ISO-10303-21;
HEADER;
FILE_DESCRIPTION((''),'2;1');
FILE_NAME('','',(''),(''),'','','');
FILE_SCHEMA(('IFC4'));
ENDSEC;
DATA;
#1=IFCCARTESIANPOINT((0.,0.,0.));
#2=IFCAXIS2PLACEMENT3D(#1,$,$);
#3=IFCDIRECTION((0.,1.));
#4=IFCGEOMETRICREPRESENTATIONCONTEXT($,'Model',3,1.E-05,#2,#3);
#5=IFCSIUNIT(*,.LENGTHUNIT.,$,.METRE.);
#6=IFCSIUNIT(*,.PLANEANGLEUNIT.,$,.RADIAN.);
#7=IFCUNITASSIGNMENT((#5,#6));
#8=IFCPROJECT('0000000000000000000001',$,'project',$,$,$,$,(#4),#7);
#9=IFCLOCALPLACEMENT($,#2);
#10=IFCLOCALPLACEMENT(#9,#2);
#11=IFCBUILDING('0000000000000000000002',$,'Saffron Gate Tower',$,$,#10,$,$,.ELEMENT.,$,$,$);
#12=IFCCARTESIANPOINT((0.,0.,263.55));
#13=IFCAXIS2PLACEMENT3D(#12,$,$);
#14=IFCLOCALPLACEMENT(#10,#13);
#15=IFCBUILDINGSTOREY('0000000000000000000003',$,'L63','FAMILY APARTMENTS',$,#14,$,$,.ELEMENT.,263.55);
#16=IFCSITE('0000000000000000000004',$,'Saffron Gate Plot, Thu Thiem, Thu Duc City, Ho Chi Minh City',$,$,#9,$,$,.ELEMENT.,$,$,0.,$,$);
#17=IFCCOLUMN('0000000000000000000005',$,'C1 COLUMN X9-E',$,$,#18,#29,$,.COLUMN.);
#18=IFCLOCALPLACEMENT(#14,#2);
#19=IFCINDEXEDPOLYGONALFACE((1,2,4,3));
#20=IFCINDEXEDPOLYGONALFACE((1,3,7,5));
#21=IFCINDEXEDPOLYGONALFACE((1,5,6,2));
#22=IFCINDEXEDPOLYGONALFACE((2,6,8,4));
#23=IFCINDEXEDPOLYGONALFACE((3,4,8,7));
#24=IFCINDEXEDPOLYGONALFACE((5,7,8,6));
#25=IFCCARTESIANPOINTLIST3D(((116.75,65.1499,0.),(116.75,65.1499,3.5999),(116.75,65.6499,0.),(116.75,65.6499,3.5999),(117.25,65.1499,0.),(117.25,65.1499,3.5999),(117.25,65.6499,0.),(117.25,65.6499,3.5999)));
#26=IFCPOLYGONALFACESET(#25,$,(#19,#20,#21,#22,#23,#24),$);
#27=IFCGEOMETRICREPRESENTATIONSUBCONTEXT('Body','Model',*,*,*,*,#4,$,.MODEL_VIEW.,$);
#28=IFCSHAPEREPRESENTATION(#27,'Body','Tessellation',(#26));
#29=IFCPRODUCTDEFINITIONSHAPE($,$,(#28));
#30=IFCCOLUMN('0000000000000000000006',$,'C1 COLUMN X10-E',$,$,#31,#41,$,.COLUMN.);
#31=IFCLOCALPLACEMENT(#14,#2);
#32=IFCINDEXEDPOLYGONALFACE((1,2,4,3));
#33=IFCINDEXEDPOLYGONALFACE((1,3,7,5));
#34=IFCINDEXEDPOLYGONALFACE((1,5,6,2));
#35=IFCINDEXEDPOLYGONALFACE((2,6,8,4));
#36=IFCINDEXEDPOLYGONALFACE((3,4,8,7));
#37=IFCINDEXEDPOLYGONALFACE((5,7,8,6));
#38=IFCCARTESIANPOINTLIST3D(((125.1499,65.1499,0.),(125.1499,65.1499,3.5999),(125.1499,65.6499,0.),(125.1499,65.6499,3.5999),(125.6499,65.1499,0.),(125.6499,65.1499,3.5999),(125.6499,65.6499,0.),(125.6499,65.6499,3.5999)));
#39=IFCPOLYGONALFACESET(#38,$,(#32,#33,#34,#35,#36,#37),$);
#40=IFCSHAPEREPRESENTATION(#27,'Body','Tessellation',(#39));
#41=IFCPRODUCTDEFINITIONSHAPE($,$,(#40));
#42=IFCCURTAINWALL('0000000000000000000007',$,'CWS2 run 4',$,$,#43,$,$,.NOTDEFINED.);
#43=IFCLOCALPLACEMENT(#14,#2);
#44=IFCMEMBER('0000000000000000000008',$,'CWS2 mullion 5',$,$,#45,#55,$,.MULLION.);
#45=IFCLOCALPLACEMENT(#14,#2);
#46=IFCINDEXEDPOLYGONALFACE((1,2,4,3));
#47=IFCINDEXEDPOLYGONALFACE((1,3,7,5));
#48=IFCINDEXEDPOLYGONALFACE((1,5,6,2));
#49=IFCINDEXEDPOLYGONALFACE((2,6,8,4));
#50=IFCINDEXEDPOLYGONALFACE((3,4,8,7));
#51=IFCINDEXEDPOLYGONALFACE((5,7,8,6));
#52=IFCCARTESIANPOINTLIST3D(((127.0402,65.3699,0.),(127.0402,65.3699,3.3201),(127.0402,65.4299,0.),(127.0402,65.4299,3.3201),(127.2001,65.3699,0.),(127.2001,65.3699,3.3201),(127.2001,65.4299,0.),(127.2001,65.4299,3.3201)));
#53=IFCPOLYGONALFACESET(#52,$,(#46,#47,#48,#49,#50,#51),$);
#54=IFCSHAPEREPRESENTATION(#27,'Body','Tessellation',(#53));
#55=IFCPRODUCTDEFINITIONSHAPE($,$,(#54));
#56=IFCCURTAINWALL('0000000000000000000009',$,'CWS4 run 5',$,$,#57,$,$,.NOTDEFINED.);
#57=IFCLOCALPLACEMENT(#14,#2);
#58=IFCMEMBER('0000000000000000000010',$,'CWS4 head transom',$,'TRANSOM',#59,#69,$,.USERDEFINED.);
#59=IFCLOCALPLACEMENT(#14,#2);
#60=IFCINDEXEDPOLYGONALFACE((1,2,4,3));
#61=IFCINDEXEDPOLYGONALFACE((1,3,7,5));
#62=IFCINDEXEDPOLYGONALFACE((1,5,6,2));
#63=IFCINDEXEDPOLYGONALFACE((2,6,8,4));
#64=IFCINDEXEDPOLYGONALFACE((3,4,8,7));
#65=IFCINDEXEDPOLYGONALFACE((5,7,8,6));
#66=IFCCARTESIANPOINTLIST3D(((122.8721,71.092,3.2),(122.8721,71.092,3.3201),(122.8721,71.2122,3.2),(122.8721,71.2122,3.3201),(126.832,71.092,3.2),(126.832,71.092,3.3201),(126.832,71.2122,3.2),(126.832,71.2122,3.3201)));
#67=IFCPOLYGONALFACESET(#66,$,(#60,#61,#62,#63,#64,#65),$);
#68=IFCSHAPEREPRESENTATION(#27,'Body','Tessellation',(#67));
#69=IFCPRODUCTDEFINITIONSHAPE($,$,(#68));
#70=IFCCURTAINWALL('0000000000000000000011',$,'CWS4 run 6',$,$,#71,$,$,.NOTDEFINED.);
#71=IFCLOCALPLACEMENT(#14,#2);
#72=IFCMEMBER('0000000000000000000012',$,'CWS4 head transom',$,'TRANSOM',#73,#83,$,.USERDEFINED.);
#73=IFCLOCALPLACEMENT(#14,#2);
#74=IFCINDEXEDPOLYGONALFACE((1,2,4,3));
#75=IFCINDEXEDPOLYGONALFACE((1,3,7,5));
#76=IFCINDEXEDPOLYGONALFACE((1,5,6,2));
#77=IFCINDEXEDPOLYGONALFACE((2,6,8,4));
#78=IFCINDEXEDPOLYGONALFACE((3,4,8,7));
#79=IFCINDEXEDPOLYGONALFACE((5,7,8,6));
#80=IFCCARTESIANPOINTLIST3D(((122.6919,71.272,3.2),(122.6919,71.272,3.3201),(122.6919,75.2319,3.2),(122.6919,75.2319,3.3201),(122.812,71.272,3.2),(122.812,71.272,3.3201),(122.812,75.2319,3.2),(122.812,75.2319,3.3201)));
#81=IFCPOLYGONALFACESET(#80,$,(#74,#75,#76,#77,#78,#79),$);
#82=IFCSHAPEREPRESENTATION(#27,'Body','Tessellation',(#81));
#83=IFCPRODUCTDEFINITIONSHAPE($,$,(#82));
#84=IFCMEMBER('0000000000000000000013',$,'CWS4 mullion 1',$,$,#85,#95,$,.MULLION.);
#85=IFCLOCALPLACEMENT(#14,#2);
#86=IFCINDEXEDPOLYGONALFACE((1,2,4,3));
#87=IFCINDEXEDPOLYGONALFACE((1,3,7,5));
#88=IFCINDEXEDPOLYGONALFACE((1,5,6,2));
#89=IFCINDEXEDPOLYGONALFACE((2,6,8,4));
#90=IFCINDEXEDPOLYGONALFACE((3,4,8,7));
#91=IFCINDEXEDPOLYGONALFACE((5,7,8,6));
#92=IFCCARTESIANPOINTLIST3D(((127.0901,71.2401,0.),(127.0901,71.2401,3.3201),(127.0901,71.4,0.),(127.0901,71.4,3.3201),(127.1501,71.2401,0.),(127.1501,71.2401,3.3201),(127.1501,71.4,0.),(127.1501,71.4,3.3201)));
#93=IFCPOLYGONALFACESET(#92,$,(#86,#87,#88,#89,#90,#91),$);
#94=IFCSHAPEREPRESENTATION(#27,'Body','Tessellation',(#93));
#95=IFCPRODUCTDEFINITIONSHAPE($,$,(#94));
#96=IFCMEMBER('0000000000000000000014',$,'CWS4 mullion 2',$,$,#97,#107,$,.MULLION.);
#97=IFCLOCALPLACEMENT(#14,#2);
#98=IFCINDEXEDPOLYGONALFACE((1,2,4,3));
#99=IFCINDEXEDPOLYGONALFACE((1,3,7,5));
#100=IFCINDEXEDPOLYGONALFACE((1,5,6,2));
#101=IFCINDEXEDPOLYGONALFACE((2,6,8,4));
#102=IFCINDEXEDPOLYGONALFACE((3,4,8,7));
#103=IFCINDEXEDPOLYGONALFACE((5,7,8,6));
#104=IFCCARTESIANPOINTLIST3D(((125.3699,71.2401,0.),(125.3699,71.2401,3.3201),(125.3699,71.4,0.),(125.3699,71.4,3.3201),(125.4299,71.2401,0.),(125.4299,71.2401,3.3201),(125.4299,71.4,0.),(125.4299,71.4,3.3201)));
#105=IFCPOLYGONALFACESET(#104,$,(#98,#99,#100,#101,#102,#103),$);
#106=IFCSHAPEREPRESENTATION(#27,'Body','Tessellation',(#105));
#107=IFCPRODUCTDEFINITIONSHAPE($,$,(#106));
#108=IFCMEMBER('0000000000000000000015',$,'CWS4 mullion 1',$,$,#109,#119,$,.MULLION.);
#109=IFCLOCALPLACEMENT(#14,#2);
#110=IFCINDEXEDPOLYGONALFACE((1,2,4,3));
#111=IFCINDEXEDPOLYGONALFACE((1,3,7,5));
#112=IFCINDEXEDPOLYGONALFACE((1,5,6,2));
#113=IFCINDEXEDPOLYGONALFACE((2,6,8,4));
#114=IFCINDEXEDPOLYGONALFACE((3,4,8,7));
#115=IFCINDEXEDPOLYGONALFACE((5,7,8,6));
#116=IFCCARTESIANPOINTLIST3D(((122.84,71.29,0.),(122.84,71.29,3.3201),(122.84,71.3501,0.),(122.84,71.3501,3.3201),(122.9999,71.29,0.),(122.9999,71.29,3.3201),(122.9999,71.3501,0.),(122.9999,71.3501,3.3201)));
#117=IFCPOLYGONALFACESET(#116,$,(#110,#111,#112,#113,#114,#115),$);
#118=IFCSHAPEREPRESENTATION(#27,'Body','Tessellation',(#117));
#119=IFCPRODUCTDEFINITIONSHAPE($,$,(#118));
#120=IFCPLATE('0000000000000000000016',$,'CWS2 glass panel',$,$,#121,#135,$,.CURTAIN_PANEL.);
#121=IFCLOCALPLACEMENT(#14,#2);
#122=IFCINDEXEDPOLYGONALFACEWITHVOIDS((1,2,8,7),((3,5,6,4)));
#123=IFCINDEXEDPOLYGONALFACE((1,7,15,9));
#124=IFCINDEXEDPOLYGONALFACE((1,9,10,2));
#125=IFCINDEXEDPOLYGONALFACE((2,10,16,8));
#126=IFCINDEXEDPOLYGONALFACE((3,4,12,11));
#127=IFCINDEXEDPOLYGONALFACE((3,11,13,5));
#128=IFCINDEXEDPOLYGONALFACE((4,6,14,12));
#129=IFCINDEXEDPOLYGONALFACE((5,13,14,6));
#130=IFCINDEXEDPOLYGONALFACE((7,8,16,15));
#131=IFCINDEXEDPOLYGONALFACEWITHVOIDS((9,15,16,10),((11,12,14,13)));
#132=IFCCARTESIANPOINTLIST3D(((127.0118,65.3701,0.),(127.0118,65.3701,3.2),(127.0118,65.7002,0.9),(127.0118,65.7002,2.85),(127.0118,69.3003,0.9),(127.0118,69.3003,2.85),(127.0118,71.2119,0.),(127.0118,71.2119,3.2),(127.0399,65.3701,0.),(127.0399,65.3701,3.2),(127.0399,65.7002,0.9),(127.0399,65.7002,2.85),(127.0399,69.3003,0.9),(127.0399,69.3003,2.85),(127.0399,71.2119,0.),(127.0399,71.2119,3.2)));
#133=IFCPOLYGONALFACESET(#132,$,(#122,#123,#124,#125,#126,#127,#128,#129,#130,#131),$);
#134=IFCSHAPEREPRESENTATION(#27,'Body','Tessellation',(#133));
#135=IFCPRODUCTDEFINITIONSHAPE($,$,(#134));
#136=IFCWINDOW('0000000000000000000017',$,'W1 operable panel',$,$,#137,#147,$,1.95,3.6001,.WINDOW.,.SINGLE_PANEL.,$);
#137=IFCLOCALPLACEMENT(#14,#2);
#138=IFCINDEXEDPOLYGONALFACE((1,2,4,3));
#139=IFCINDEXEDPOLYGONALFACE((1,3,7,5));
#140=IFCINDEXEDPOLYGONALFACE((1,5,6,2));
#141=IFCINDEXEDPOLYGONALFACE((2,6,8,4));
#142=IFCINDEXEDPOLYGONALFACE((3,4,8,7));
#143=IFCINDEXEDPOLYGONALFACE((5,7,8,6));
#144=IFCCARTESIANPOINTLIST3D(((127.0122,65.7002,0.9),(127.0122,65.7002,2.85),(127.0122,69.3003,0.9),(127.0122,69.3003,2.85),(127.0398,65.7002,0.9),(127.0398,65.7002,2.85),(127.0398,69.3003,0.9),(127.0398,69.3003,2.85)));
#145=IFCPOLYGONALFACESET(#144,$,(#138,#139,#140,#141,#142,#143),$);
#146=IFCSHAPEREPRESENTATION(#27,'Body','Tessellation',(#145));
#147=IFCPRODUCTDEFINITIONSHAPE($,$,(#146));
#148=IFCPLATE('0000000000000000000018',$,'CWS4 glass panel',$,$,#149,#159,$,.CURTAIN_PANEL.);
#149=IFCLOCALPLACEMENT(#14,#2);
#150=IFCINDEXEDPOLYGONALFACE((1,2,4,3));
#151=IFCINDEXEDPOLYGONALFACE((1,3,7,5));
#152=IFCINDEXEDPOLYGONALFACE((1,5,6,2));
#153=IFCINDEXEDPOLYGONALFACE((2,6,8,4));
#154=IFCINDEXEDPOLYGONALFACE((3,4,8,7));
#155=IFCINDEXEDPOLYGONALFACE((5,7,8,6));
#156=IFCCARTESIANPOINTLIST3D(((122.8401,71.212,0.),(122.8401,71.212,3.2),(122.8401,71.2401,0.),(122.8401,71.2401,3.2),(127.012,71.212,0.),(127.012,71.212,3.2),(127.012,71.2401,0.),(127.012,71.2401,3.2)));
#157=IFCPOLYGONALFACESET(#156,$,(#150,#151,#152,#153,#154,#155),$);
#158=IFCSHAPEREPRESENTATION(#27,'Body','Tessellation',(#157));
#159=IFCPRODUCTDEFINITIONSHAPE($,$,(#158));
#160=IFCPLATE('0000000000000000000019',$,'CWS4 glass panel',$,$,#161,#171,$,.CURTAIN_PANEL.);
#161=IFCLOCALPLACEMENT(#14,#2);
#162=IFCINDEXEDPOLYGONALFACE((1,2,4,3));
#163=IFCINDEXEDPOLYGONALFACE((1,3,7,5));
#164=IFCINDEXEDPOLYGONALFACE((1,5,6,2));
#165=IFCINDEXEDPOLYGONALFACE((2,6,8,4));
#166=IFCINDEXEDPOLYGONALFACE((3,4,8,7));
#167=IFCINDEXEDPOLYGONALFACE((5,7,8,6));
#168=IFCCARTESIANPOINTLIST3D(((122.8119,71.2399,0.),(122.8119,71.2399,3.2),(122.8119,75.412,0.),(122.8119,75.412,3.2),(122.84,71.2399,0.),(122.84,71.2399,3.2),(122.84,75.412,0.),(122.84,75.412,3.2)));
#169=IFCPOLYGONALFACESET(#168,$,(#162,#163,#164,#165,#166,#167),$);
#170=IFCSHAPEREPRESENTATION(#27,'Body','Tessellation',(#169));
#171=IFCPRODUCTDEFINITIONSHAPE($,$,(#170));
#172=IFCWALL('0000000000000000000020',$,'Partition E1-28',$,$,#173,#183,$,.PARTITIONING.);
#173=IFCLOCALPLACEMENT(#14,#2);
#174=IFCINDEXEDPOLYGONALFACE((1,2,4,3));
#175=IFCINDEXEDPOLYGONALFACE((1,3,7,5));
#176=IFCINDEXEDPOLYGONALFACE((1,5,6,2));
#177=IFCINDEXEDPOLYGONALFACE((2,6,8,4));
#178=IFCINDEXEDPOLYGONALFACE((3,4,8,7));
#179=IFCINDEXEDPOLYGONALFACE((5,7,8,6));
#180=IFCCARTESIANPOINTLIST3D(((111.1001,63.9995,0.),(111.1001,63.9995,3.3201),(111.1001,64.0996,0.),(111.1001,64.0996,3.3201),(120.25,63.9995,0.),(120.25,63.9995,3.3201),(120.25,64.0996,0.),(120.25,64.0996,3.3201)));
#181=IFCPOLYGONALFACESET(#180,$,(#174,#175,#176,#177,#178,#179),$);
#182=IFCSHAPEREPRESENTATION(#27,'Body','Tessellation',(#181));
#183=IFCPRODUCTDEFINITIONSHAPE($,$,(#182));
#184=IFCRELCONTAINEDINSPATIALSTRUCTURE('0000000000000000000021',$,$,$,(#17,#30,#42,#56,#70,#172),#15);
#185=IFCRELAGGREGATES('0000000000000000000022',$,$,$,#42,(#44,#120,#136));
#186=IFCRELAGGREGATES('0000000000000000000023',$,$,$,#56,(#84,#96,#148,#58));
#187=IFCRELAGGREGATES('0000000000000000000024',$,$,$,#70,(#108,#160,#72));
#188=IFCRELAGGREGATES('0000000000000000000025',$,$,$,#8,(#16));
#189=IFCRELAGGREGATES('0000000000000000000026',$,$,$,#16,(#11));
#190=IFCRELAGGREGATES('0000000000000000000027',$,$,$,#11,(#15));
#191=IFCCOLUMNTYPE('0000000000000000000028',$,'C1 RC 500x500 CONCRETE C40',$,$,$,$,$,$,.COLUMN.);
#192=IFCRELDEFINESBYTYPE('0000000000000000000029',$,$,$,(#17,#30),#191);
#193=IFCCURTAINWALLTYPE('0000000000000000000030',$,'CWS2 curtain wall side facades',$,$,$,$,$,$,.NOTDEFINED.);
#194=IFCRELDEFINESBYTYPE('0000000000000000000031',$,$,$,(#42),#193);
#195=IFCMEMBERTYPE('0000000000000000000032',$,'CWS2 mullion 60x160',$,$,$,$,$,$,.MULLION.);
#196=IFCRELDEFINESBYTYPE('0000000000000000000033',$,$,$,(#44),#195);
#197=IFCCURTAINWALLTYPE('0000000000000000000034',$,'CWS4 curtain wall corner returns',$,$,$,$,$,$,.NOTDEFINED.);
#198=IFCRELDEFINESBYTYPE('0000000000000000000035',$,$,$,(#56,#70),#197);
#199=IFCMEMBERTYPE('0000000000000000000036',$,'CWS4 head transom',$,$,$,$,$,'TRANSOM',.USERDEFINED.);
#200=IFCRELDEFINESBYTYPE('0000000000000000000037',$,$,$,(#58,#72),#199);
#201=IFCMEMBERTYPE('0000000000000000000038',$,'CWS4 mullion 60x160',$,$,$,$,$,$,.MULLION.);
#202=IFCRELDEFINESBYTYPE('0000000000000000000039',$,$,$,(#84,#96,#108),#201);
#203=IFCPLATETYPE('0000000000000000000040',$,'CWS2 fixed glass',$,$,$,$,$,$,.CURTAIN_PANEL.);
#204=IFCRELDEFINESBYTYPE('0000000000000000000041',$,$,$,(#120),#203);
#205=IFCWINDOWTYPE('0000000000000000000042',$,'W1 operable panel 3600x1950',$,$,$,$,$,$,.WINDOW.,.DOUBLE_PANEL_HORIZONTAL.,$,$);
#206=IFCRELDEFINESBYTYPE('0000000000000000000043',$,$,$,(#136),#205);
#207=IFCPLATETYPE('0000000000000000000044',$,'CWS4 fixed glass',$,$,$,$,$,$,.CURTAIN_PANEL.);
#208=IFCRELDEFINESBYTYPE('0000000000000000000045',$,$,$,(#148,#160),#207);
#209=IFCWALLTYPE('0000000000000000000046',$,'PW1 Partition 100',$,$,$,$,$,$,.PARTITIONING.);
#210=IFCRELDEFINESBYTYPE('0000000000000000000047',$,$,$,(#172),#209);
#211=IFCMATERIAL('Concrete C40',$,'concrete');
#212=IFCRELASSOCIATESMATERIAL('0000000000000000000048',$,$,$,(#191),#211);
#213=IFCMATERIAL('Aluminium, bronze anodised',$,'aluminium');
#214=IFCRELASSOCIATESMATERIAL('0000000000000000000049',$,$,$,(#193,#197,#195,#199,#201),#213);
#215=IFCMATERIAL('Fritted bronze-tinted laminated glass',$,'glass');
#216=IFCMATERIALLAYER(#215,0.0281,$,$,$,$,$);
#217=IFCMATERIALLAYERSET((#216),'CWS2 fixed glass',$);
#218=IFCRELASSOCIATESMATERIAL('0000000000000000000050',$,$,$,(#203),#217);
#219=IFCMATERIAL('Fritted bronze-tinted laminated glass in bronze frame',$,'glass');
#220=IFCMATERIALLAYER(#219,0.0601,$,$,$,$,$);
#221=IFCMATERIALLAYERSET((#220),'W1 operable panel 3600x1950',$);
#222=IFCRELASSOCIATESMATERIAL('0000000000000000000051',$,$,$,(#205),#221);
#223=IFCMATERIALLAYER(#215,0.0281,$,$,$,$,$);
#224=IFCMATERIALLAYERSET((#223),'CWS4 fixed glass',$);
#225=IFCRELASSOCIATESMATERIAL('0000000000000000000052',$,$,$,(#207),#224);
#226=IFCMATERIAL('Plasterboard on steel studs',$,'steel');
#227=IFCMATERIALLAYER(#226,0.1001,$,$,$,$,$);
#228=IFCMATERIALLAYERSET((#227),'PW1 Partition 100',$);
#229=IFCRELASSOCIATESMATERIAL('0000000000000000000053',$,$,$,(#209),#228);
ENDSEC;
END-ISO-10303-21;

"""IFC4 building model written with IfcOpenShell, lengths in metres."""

from ifc_helpers import new_model, si_unit, direction, frame, frame_2d, origin, origin_2d, place, context, subcontext, project, spatial, rectangle, extrude, material, layer, layer_set, material_profile, profile_set, type_object, element, fill, aggregate, save


model = new_model("IFC4")

# Units and contexts
model_context = context("Model", 3, precision=1e-05, world=origin(), true_north=direction((0.0, 1.0)))
body_context = subcontext(model_context, "Body", "Model", "MODEL_VIEW")
ifc_project = project(units=[si_unit("LENGTHUNIT", "METRE"), si_unit("PLANEANGLEUNIT", "RADIAN")], contexts=[model_context])

# Site, building, storey
site_placement = place(None, origin())
site = spatial("IfcSite", under=ifc_project, at=site_placement, Name="Saffron Gate Plot, Thu Thiem, Thu Duc City, Ho Chi Minh City", CompositionType="ELEMENT", RefElevation=0.0)
building_placement = place(site_placement, origin())
building = spatial("IfcBuilding", under=site, at=building_placement, Name="Saffron Gate Tower", CompositionType="ELEMENT")
storey_placement = place(building_placement, frame((0.0, 0.0, 263.55)))
storey = spatial("IfcBuildingStorey", under=building, at=storey_placement, Name="L63", Description="FAMILY APARTMENTS", CompositionType="ELEMENT", Elevation=263.55)

# Columns
ifc_material_1 = material(Name="Concrete C40", Category="concrete")
ifc_material_profile_1 = material_profile(ifc_material_1, rectangle(XDim=0.5, YDim=0.5, at=origin_2d()))
ifc_profile_set_1 = profile_set([ifc_material_profile_1], Name="Concrete C40")
column_type = type_object("IfcColumnType", Name="C1 RC 500x500 CONCRETE C40", PredefinedType="COLUMN", material=ifc_profile_set_1)
for number, where, z_axis, x_axis, name in (
    (1, (117.0, 65.3999, 0.0), (0.0, 0.0, 1.0), (1.0, 0.0, 0.0), "C1 COLUMN X9-E"),
    (2, (125.3999, 65.3999, 0.0), (0.0, 0.0, 1.0), (1.0, 0.0, 0.0), "C1 COLUMN X10-E"),
):
    element("IfcColumn", number, at=place(storey_placement, frame(where, z_axis=z_axis, x_axis=x_axis)), inside=storey, type_object=column_type, Name=name, PredefinedType="COLUMN", context=body_context, shape_type="SweptSolid", body=[
        extrude(rectangle(XDim=0.5, YDim=0.5, at=origin_2d()), origin(), (0.0, 0.0, 1.0), 3.5999),
    ])

# Curtain walls, members
ifc_material_2 = material(Name="Aluminium, bronze anodised", Category="aluminium")
curtain_wall_type_1 = type_object("IfcCurtainWallType", Name="CWS2 curtain wall side facades", PredefinedType="NOTDEFINED", material=ifc_material_2)
curtain_wall_1_placement = place(storey_placement, origin())
curtain_wall_1 = element("IfcCurtainWall", 3, at=curtain_wall_1_placement, inside=storey, type_object=curtain_wall_type_1, Name="CWS2 run 4", PredefinedType="NOTDEFINED")
ifc_material_profile_2 = material_profile(ifc_material_2, rectangle(XDim=0.1599, YDim=0.0601, at=origin_2d()))
ifc_profile_set_2 = profile_set([ifc_material_profile_2], Name="Aluminium, bronze anodised")
member_type_1 = type_object("IfcMemberType", Name="CWS2 mullion 60x160", PredefinedType="MULLION", material=ifc_profile_set_2)
member_1_placement = place(storey_placement, frame((127.1201, 65.3999, 0.0), z_axis=(0.0, 0.0, 1.0), x_axis=(-1.0, 0.0, 0.0)))
member_1 = element("IfcMember", 4, at=member_1_placement, type_object=member_type_1, Name="CWS2 mullion 5", PredefinedType="MULLION", context=body_context, shape_type="SweptSolid", body=[
    extrude(rectangle(XDim=0.1599, YDim=0.0601, at=origin_2d()), origin(), (0.0, 0.0, 1.0), 3.3201),
])
curtain_wall_type_2 = type_object("IfcCurtainWallType", Name="CWS4 curtain wall corner returns", PredefinedType="NOTDEFINED", material=ifc_material_2)
curtain_wall_2_placement = place(storey_placement, origin())
curtain_wall_2 = element("IfcCurtainWall", 5, at=curtain_wall_2_placement, inside=storey, type_object=curtain_wall_type_2, Name="CWS4 run 5", PredefinedType="NOTDEFINED")
ifc_material_profile_3 = material_profile(ifc_material_2, rectangle(XDim=0.1201, YDim=0.1201, at=origin_2d()))
ifc_profile_set_3 = profile_set([ifc_material_profile_3], Name="Aluminium, bronze anodised")
member_type_2 = type_object("IfcMemberType", Name="CWS4 head transom", ElementType="TRANSOM", PredefinedType="USERDEFINED", material=ifc_profile_set_3)
member_2_placement = place(storey_placement, frame((126.832, 71.1521, 3.26), z_axis=(-1.0, 0.0, 0.0), x_axis=(0.0, -1.0, 0.0)))
member_2 = element("IfcMember", 6, at=member_2_placement, type_object=member_type_2, Name="CWS4 head transom", ObjectType="TRANSOM", PredefinedType="USERDEFINED", context=body_context, shape_type="SweptSolid", body=[
    extrude(rectangle(XDim=0.1201, YDim=0.1201, at=origin_2d()), origin(), (0.0, 0.0, 1.0), 3.96),
])
curtain_wall_3_placement = place(storey_placement, origin())
curtain_wall_3 = element("IfcCurtainWall", 7, at=curtain_wall_3_placement, inside=storey, type_object=curtain_wall_type_2, Name="CWS4 run 6", PredefinedType="NOTDEFINED")
member_3_placement = place(storey_placement, frame((122.752, 71.272, 3.26), z_axis=(0.0, 1.0, 0.0), x_axis=(-1.0, 0.0, 0.0)))
member_3 = element("IfcMember", 8, at=member_3_placement, type_object=member_type_2, Name="CWS4 head transom", ObjectType="TRANSOM", PredefinedType="USERDEFINED", context=body_context, shape_type="SweptSolid", body=[
    extrude(rectangle(XDim=0.1201, YDim=0.1201, at=origin_2d()), origin(), (0.0, 0.0, 1.0), 3.96),
])

# Members
ifc_material_profile_4 = material_profile(ifc_material_2, rectangle(XDim=0.1599, YDim=0.0601, at=origin_2d()))
ifc_profile_set_4 = profile_set([ifc_material_profile_4], Name="Aluminium, bronze anodised")
member_type_3 = type_object("IfcMemberType", Name="CWS4 mullion 60x160", PredefinedType="MULLION", material=ifc_profile_set_4)
member_4_placement = place(storey_placement, frame((127.1201, 71.3201, 0.0), z_axis=(0.0, 0.0, 1.0), x_axis=(0.0, -1.0, 0.0)))
member_4 = element("IfcMember", 9, at=member_4_placement, type_object=member_type_3, Name="CWS4 mullion 1", PredefinedType="MULLION", context=body_context, shape_type="SweptSolid", body=[
    extrude(rectangle(XDim=0.1599, YDim=0.0601, at=origin_2d()), origin(), (0.0, 0.0, 1.0), 3.3201),
])
member_5_placement = place(storey_placement, frame((125.3999, 71.3201, 0.0), z_axis=(0.0, 0.0, 1.0), x_axis=(0.0, -1.0, 0.0)))
member_5 = element("IfcMember", 10, at=member_5_placement, type_object=member_type_3, Name="CWS4 mullion 2", PredefinedType="MULLION", context=body_context, shape_type="SweptSolid", body=[
    extrude(rectangle(XDim=0.1599, YDim=0.0601, at=origin_2d()), origin(), (0.0, 0.0, 1.0), 3.3201),
])
member_6_placement = place(storey_placement, frame((122.9199, 71.3201, 0.0), z_axis=(0.0, 0.0, 1.0), x_axis=(-1.0, 0.0, 0.0)))
member_6 = element("IfcMember", 11, at=member_6_placement, type_object=member_type_3, Name="CWS4 mullion 1", PredefinedType="MULLION", context=body_context, shape_type="SweptSolid", body=[
    extrude(rectangle(XDim=0.1599, YDim=0.0601, at=origin_2d()), origin(), (0.0, 0.0, 1.0), 3.3201),
])

# Plate, opening, window
ifc_material_3 = material(Name="Fritted bronze-tinted laminated glass", Category="glass")
ifc_layer_1 = layer(ifc_material_3, 0.0281)
ifc_layer_set_1 = layer_set([ifc_layer_1], Name="CWS2 fixed glass")
plate_type_1 = type_object("IfcPlateType", Name="CWS2 fixed glass", PredefinedType="CURTAIN_PANEL", material=ifc_layer_set_1)
plate_1_placement = place(storey_placement, frame((127.0259, 65.3701, 0.0), z_axis=(0.0, 0.0, 1.0), x_axis=(0.0, 1.0, 0.0)))
plate_1 = element("IfcPlate", 12, at=plate_1_placement, type_object=plate_type_1, Name="CWS2 glass panel", PredefinedType="CURTAIN_PANEL", context=body_context, shape_type="SweptSolid", body=[
    extrude(rectangle(XDim=5.8418, YDim=0.0281, at=frame_2d((2.9209, 0.0))), origin(), (0.0, 0.0, 1.0), 3.2),
])
opening_1_placement = place(plate_1_placement, frame((0.3301, 0.0, 0.8999)))
opening_1 = element("IfcOpeningElement", 13, at=opening_1_placement, cuts=plate_1, PredefinedType="OPENING", context=body_context, shape_type="SweptSolid", body=[
    extrude(rectangle(XDim=3.6001, YDim=1.95, at=frame_2d((1.8, 0.9751))), frame((0.0, 0.0239, 0.0), z_axis=(0.0, -1.0, 0.0), x_axis=(1.0, 0.0, 0.0)), (0.0, 0.0, 1.0), 0.0481),
])
ifc_material_4 = material(Name="Fritted bronze-tinted laminated glass in bronze frame", Category="glass")
ifc_layer_2 = layer(ifc_material_4, 0.0601)
ifc_layer_set_2 = layer_set([ifc_layer_2], Name="W1 operable panel 3600x1950")
window_type = type_object("IfcWindowType", Name="W1 operable panel 3600x1950", PartitioningType="DOUBLE_PANEL_HORIZONTAL", PredefinedType="WINDOW", material=ifc_layer_set_2)
window_placement = place(opening_1_placement, origin())
window = element("IfcWindow", 14, at=window_placement, type_object=window_type, Name="W1 operable panel", OverallHeight=1.95, OverallWidth=3.6001, PartitioningType="SINGLE_PANEL", PredefinedType="WINDOW", context=body_context, shape_type="SweptSolid", body=[
    extrude(rectangle(XDim=3.6001, YDim=1.95, at=frame_2d((1.8, 0.9751))), frame((0.0, 0.0137, 0.0), z_axis=(0.0, -1.0, 0.0), x_axis=(1.0, 0.0, 0.0)), (0.0, 0.0, 1.0), 0.0276),
])
fill(opening_1, window)
aggregate(curtain_wall_1, [member_1, plate_1, window])

# Plates
ifc_layer_3 = layer(ifc_material_3, 0.0281)
ifc_layer_set_3 = layer_set([ifc_layer_3], Name="CWS4 fixed glass")
plate_type_2 = type_object("IfcPlateType", Name="CWS4 fixed glass", PredefinedType="CURTAIN_PANEL", material=ifc_layer_set_3)
plate_2_placement = place(storey_placement, frame((127.012, 71.2261, 0.0), z_axis=(0.0, 0.0, 1.0), x_axis=(-1.0, 0.0, 0.0)))
plate_2 = element("IfcPlate", 15, at=plate_2_placement, type_object=plate_type_2, Name="CWS4 glass panel", PredefinedType="CURTAIN_PANEL", context=body_context, shape_type="SweptSolid", body=[
    extrude(rectangle(XDim=4.1719, YDim=0.0281, at=frame_2d((2.0859, 0.0))), origin(), (0.0, 0.0, 1.0), 3.2),
])
aggregate(curtain_wall_2, [member_4, member_5, plate_2, member_2])
plate_3_placement = place(storey_placement, frame((122.8259, 71.24, 0.0), z_axis=(0.0, 0.0, 1.0), x_axis=(0.0, 1.0, 0.0)))
plate_3 = element("IfcPlate", 16, at=plate_3_placement, type_object=plate_type_2, Name="CWS4 glass panel", PredefinedType="CURTAIN_PANEL", context=body_context, shape_type="SweptSolid", body=[
    extrude(rectangle(XDim=4.1721, YDim=0.0281, at=frame_2d((2.0859, 0.0))), origin(), (0.0, 0.0, 1.0), 3.2),
])
aggregate(curtain_wall_3, [member_6, plate_3, member_3])

# Wall
ifc_material_5 = material(Name="Plasterboard on steel studs", Category="steel")
ifc_layer_4 = layer(ifc_material_5, 0.1001)
ifc_layer_set_4 = layer_set([ifc_layer_4], Name="PW1 Partition 100")
wall_type_1 = type_object("IfcWallType", Name="PW1 Partition 100", PredefinedType="PARTITIONING", material=ifc_layer_set_4)
wall_1_placement = place(storey_placement, frame((111.1001, 64.0496, 0.0), z_axis=(0.0, 0.0, 1.0), x_axis=(1.0, 0.0, 0.0)))
element("IfcWall", 17, at=wall_1_placement, inside=storey, type_object=wall_type_1, Name="Partition E1-28", PredefinedType="PARTITIONING", context=body_context, shape_type="SweptSolid", body=[
    extrude(rectangle(XDim=9.1499, YDim=0.1001, at=frame_2d((4.575, 0.0))), origin(), (0.0, 0.0, 1.0), 3.3201),
])

save(model, "model.ifc")
